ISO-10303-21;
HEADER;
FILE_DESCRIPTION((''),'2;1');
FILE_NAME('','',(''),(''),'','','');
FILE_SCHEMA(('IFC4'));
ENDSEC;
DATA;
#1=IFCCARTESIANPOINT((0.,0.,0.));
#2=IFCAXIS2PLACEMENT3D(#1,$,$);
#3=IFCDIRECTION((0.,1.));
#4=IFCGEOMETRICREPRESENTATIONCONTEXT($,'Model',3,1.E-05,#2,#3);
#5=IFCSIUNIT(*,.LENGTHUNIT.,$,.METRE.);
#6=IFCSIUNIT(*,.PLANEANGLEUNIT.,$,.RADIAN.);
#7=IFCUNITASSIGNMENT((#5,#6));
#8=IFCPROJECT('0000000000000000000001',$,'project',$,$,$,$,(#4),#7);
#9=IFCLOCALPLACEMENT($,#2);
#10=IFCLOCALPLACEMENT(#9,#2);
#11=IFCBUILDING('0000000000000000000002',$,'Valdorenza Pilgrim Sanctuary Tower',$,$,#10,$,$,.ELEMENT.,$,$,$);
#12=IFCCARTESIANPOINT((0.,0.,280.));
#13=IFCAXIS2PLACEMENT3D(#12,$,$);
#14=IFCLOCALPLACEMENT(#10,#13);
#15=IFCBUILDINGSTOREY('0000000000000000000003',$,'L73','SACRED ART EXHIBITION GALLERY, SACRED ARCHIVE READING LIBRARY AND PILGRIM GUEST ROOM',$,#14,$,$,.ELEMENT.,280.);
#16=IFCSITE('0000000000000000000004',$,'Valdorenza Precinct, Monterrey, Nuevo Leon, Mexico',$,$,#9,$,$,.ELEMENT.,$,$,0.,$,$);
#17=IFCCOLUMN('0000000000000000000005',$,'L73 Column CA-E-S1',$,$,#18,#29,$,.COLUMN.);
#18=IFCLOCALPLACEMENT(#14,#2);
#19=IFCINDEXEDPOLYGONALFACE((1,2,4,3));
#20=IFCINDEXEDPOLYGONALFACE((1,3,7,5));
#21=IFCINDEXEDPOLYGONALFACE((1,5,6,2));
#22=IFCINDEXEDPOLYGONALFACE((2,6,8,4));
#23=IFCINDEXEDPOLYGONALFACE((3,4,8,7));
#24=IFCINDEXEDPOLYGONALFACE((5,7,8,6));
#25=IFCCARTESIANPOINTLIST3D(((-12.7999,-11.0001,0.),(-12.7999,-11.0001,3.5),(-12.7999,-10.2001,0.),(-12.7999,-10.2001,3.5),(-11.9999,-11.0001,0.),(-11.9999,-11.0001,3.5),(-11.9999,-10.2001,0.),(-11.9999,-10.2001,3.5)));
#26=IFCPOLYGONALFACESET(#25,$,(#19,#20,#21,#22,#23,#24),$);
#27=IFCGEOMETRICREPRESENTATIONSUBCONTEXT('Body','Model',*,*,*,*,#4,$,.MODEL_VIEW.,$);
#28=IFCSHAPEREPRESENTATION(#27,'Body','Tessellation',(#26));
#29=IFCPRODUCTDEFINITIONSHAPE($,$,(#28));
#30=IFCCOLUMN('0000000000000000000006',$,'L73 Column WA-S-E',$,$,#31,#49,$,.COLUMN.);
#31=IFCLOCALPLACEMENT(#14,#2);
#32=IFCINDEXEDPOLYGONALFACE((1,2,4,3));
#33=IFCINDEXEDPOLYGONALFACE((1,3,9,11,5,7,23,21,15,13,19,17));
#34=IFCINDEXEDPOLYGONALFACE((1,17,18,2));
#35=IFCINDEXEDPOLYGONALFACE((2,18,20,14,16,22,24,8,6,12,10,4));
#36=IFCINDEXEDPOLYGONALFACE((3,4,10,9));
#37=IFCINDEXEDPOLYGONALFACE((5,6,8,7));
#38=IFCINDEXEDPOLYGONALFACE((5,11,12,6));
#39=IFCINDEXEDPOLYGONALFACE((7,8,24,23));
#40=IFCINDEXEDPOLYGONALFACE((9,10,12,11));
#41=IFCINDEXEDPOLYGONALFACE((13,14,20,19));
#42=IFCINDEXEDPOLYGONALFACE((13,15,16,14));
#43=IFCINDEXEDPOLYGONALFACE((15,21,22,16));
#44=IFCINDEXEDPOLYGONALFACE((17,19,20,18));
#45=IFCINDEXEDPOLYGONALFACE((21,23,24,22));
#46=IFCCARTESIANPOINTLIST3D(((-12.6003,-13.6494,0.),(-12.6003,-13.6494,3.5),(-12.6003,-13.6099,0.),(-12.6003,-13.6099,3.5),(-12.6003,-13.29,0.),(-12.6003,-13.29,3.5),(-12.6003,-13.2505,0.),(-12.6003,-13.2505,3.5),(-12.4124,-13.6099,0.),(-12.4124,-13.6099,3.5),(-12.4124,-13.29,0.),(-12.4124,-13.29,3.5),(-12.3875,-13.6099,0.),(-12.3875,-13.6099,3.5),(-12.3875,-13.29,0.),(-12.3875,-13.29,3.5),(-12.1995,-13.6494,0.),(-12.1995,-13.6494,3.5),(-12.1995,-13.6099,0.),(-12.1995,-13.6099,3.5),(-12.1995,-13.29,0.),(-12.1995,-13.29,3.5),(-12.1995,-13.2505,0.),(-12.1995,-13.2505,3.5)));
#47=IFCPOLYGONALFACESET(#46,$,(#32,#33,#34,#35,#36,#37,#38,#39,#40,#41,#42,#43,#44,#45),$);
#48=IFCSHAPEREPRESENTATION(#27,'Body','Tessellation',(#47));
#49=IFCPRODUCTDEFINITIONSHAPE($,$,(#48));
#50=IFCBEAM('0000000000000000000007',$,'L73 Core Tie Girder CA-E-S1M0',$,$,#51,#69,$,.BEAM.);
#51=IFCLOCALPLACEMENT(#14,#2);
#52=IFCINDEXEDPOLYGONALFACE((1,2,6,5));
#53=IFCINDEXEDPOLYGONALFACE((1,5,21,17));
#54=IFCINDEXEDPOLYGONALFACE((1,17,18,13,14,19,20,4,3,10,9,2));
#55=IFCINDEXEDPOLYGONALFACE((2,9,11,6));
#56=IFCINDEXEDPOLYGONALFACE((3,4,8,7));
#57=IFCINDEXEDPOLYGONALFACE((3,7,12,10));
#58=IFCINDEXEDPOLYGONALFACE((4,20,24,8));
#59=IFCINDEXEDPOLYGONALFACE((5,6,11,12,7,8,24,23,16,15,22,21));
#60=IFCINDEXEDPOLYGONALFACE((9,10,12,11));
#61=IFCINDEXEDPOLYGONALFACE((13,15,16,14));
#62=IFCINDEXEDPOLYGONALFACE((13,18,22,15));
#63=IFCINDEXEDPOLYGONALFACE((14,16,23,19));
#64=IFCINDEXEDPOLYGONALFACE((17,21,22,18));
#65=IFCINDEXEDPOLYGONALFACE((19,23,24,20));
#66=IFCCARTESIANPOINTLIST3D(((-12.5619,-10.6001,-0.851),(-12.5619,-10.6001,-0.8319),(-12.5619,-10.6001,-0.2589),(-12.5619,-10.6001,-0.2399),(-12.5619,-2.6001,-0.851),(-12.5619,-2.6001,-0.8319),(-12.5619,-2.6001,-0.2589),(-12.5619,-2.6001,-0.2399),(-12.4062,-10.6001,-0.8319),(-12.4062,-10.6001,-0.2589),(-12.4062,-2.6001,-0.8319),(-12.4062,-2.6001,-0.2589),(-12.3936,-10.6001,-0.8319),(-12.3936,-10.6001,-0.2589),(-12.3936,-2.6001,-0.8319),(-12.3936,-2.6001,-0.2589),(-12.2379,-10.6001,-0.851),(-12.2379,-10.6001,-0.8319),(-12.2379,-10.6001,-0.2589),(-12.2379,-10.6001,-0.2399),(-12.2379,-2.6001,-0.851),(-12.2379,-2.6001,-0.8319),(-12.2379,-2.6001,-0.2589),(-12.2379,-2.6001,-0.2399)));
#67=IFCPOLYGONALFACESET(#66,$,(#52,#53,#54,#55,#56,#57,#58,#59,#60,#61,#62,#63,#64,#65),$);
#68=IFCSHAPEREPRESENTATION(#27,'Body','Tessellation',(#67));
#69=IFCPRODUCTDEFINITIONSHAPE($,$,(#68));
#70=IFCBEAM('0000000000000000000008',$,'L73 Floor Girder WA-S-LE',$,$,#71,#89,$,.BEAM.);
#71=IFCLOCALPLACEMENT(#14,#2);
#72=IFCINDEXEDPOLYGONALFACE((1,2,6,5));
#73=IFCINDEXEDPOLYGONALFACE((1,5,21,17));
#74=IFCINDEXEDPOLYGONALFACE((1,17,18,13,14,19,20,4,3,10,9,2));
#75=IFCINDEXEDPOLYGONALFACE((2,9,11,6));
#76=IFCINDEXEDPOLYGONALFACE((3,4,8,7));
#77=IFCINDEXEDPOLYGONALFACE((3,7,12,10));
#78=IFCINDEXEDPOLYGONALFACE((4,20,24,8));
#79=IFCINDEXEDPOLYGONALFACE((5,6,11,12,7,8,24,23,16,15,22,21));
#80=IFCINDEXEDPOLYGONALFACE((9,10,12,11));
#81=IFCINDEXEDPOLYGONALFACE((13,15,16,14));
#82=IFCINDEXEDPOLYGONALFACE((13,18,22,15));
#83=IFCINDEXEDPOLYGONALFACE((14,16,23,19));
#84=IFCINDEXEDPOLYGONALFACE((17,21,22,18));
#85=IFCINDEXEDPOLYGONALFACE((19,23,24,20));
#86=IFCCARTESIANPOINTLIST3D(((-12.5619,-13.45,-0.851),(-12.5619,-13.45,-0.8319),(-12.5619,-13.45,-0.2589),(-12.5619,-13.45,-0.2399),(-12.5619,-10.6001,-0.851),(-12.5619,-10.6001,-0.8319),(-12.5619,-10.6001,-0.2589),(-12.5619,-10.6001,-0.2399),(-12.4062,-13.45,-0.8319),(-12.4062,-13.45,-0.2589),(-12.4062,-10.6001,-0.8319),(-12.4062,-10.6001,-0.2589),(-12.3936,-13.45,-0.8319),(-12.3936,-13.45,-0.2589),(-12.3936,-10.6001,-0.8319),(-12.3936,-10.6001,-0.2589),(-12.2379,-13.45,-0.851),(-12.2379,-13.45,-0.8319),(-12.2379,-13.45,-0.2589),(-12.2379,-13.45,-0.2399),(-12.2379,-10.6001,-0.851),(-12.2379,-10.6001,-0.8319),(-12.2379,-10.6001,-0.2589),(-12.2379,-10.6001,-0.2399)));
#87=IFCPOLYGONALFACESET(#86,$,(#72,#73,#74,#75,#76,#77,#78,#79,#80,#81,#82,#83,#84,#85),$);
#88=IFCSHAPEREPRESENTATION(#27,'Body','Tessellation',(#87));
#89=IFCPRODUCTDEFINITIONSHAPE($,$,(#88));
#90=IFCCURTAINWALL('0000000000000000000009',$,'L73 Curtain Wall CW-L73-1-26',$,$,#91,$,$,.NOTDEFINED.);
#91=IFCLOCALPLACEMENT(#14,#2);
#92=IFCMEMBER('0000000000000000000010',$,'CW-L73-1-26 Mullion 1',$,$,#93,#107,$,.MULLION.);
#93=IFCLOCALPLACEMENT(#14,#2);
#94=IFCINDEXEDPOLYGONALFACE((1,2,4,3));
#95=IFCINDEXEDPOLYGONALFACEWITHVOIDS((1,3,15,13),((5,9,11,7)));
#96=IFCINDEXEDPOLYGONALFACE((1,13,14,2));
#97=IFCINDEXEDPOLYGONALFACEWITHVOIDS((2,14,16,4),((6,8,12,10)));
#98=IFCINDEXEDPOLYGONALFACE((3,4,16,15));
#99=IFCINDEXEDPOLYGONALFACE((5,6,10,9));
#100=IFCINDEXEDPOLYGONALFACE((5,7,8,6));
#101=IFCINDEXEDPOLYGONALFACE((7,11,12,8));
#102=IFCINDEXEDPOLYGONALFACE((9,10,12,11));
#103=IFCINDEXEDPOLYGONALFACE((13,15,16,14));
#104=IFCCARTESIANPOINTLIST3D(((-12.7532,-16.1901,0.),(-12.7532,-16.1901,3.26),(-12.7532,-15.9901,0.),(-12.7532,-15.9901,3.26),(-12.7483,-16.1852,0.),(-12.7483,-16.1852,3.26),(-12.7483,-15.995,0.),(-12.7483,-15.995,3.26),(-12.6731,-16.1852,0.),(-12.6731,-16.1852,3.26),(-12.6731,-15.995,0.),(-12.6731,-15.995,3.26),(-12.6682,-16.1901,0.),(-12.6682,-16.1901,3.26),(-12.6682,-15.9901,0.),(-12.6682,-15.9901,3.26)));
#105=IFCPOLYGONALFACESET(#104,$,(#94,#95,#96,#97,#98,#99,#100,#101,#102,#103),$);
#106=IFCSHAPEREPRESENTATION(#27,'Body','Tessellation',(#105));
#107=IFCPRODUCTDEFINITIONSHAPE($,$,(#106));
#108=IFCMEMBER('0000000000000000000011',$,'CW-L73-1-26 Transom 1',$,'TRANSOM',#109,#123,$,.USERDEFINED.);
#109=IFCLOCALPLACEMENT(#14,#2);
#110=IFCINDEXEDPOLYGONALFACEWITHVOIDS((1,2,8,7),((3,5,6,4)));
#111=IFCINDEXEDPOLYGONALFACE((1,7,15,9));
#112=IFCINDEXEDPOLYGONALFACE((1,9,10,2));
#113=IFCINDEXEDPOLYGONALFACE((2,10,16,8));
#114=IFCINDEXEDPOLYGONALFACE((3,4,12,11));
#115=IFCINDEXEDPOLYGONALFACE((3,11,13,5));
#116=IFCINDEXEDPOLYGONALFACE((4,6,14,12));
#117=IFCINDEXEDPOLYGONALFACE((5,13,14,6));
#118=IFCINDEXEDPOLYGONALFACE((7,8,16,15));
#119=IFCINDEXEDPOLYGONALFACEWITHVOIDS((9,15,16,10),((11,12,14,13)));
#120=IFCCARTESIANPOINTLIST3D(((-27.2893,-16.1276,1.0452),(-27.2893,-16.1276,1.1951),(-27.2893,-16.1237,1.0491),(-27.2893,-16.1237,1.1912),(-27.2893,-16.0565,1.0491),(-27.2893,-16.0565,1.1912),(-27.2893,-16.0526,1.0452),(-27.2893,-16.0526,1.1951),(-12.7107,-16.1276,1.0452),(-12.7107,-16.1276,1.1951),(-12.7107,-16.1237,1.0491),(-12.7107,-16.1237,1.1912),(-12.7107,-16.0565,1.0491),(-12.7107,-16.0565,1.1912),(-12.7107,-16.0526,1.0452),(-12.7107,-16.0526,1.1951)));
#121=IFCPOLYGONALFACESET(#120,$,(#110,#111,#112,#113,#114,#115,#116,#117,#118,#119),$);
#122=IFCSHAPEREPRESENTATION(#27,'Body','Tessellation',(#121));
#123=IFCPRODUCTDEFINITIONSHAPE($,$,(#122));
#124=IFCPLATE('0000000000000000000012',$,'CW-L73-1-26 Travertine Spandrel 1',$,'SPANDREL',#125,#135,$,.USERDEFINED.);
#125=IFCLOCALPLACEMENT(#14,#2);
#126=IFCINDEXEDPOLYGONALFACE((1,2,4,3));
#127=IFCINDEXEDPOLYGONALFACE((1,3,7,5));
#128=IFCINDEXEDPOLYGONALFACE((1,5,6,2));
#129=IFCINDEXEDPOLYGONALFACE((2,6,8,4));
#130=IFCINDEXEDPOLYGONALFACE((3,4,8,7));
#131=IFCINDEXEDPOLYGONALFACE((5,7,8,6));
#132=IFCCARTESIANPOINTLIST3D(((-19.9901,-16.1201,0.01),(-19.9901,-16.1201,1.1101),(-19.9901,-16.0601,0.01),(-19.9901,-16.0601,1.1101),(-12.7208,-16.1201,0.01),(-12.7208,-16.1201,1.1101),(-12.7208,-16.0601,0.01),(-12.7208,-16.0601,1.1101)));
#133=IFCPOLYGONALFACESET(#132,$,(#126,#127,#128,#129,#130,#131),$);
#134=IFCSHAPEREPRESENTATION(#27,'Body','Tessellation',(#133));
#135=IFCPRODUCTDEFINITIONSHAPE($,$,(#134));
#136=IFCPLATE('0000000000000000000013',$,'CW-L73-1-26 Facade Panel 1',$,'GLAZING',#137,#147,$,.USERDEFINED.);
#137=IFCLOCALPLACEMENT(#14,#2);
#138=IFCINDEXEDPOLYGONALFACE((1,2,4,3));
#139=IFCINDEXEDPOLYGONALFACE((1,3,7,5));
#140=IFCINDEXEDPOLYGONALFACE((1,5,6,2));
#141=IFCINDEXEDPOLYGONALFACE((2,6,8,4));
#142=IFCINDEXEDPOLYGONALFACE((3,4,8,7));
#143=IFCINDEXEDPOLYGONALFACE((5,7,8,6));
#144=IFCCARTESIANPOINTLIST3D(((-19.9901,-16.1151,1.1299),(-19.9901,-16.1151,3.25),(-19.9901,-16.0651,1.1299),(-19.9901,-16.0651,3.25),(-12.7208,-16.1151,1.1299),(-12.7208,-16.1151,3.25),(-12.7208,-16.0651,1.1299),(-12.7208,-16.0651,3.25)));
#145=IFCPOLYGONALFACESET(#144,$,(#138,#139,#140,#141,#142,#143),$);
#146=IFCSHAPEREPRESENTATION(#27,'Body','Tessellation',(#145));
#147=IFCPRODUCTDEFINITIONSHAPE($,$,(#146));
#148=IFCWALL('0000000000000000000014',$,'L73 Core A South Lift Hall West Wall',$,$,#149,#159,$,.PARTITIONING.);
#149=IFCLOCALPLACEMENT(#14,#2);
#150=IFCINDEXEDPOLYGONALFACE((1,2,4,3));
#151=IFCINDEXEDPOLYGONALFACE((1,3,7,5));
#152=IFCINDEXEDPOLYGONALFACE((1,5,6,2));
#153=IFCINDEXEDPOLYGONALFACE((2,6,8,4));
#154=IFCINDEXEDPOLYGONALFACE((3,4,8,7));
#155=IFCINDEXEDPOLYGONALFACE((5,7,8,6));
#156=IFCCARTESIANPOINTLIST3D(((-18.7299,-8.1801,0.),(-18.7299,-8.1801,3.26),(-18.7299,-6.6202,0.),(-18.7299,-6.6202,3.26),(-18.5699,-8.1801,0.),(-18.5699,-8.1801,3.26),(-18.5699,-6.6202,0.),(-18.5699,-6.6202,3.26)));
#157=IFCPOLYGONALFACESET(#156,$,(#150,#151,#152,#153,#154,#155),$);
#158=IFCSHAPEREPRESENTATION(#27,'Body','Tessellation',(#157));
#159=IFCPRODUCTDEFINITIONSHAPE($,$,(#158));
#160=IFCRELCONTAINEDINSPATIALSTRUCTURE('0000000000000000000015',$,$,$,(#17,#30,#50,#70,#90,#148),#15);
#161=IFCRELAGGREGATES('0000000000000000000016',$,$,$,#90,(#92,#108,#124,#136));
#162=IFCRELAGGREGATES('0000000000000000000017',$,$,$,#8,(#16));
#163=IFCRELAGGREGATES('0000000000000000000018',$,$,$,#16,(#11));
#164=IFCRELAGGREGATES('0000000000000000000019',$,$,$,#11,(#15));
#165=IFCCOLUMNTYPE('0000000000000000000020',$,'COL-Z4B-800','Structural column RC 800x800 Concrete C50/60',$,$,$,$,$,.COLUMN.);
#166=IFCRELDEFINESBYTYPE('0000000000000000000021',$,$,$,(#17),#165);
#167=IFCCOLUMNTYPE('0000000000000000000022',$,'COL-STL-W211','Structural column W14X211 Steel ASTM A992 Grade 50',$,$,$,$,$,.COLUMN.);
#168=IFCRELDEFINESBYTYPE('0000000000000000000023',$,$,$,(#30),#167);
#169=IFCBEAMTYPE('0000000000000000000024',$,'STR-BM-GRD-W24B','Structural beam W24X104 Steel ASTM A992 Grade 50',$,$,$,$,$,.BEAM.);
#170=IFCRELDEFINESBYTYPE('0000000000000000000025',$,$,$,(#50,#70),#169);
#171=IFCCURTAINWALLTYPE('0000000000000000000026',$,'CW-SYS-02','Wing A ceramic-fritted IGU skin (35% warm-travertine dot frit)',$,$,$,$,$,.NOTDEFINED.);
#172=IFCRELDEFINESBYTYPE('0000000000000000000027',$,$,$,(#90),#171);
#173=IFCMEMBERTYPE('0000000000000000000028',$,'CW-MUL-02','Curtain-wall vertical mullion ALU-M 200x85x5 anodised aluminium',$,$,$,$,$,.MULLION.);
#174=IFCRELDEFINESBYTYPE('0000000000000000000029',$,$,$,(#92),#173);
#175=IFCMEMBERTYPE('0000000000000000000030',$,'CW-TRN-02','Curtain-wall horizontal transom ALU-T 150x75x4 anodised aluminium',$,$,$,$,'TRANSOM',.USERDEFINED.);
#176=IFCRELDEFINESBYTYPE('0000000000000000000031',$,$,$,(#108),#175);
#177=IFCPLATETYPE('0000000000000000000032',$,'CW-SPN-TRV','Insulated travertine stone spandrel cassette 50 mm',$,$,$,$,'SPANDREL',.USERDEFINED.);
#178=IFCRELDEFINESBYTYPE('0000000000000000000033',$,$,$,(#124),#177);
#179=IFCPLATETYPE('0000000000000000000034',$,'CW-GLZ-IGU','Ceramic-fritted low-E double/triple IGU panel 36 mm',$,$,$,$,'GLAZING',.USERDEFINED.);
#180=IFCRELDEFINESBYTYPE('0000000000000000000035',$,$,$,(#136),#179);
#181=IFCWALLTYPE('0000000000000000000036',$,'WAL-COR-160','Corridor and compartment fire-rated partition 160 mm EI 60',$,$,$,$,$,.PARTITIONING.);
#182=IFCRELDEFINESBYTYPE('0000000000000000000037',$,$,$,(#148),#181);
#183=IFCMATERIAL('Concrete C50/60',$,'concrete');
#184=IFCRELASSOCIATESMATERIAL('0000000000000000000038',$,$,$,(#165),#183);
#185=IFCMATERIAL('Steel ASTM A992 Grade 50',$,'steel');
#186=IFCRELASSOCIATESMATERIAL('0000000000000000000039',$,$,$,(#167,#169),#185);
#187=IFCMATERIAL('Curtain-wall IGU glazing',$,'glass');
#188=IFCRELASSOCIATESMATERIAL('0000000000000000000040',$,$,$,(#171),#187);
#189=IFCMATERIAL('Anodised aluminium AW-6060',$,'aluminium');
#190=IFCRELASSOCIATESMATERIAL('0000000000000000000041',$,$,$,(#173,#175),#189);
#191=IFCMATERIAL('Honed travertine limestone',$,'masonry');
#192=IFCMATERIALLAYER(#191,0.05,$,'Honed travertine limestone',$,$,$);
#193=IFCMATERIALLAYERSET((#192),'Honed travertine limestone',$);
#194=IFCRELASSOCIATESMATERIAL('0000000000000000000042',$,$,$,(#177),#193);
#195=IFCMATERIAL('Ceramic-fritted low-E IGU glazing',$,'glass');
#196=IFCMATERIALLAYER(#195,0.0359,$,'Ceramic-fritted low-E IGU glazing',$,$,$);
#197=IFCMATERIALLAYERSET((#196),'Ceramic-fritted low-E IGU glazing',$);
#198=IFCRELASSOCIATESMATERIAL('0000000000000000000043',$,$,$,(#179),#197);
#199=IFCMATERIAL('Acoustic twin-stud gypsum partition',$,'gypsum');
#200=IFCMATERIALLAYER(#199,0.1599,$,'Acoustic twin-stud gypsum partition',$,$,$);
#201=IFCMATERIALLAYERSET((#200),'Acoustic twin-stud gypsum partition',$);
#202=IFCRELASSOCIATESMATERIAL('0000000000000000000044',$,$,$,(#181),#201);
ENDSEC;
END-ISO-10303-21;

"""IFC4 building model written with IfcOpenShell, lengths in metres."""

from ifc_helpers import new_model, si_unit, direction, frame, frame_2d, origin, origin_2d, place, context, subcontext, project, spatial, rectangle, hollow_rectangle, i_section, extrude, source, transform, mapped, material, layer, layer_set, material_profile, profile_set, type_object, element, aggregate, save


model = new_model("IFC4")

# Units and contexts
model_context = context("Model", 3, precision=1e-05, world=origin(), true_north=direction((0.0, 1.0)))
body_context = subcontext(model_context, "Body", "Model", "MODEL_VIEW")
ifc_project = project(units=[si_unit("LENGTHUNIT", "METRE"), si_unit("PLANEANGLEUNIT", "RADIAN")], contexts=[model_context])

# Site, building, storey
site_placement = place(None, origin())
site = spatial("IfcSite", under=ifc_project, at=site_placement, Name="Valdorenza Precinct, Monterrey, Nuevo Leon, Mexico", CompositionType="ELEMENT", RefElevation=0.0)
building_placement = place(site_placement, origin())
building = spatial("IfcBuilding", under=site, at=building_placement, Name="Valdorenza Pilgrim Sanctuary Tower", CompositionType="ELEMENT")
storey_placement = place(building_placement, frame((0.0, 0.0, 280.0)))
storey = spatial("IfcBuildingStorey", under=building, at=storey_placement, Name="L73", Description="SACRED ART EXHIBITION GALLERY, SACRED ARCHIVE READING LIBRARY AND PILGRIM GUEST ROOM", CompositionType="ELEMENT", Elevation=280.0)

# Columns
ifc_material_1 = material(Name="Concrete C50/60", Category="concrete")
ifc_material_profile_1 = material_profile(ifc_material_1, rectangle(XDim=0.8, YDim=0.8, at=origin_2d()), Name="RC 800x800")
ifc_profile_set_1 = profile_set([ifc_material_profile_1], Name="Concrete C50/60")
column_type_1 = type_object("IfcColumnType", Name="COL-Z4B-800", Description="Structural column RC 800x800 Concrete C50/60", PredefinedType="COLUMN", material=ifc_profile_set_1)
shared_shape_1 = source(origin(), body_context, "Body", "SweptSolid", [
    extrude(rectangle(XDim=0.8, YDim=0.8, at=origin_2d()), origin(), (0.0, 0.0, 1.0), 3.5),
])
column_1_placement = place(storey_placement, frame((-12.3999, -10.6001, 0.0), z_axis=(0.0, 0.0, 1.0), x_axis=(1.0, 0.0, 0.0)))
element("IfcColumn", 1, at=column_1_placement, inside=storey, type_object=column_type_1, Name="L73 Column CA-E-S1", PredefinedType="COLUMN", context=body_context, shape_type="MappedRepresentation", body=[
    mapped(shared_shape_1, transform((0.0, 0.0, 0.0), x_axis=(1.0, 0.0, 0.0), y_axis=(0.0, 1.0, 0.0), z_axis=(0.0, 0.0, 1.0), scale=1.0)),
])
ifc_material_2 = material(Name="Steel ASTM A992 Grade 50", Category="steel")
ifc_material_profile_2 = material_profile(ifc_material_2, i_section(OverallWidth=0.4009, OverallDepth=0.3989, WebThickness=0.0249, FlangeThickness=0.0396, at=origin_2d()), Name="W14X211")
ifc_profile_set_2 = profile_set([ifc_material_profile_2], Name="Steel ASTM A992 Grade 50")
column_type_2 = type_object("IfcColumnType", Name="COL-STL-W211", Description="Structural column W14X211 Steel ASTM A992 Grade 50", PredefinedType="COLUMN", material=ifc_profile_set_2)
shared_shape_2 = source(origin(), body_context, "Body", "SweptSolid", [
    extrude(i_section(OverallWidth=0.4009, OverallDepth=0.3989, WebThickness=0.0249, FlangeThickness=0.0396, at=origin_2d()), origin(), (0.0, 0.0, 1.0), 3.5),
])
column_2_placement = place(storey_placement, frame((-12.3999, -13.45, 0.0), z_axis=(0.0, 0.0, 1.0), x_axis=(1.0, 0.0, 0.0)))
element("IfcColumn", 2, at=column_2_placement, inside=storey, type_object=column_type_2, Name="L73 Column WA-S-E", PredefinedType="COLUMN", context=body_context, shape_type="MappedRepresentation", body=[
    mapped(shared_shape_2, transform((0.0, 0.0, 0.0), x_axis=(1.0, 0.0, 0.0), y_axis=(0.0, 1.0, 0.0), z_axis=(0.0, 0.0, 1.0), scale=1.0)),
])

# Beams
ifc_material_profile_3 = material_profile(ifc_material_2, i_section(OverallWidth=0.324, OverallDepth=0.6111, WebThickness=0.0127, FlangeThickness=0.019, at=origin_2d()), Name="W24X104")
ifc_profile_set_3 = profile_set([ifc_material_profile_3], Name="Steel ASTM A992 Grade 50")
beam_type = type_object("IfcBeamType", Name="STR-BM-GRD-W24B", Description="Structural beam W24X104 Steel ASTM A992 Grade 50", PredefinedType="BEAM", material=ifc_profile_set_3)
shared_shape_3 = source(origin(), body_context, "Body", "SweptSolid", [
    extrude(i_section(OverallWidth=0.324, OverallDepth=0.6111, WebThickness=0.0127, FlangeThickness=0.019, at=origin_2d()), origin(), (0.0, 0.0, 1.0), 8.0),
])
beam_1_placement = place(storey_placement, frame((-12.3999, -10.6001, -0.5454), z_axis=(0.0, 1.0, 0.0), x_axis=(-1.0, 0.0, 0.0)))
element("IfcBeam", 3, at=beam_1_placement, inside=storey, type_object=beam_type, Name="L73 Core Tie Girder CA-E-S1M0", PredefinedType="BEAM", context=body_context, shape_type="MappedRepresentation", body=[
    mapped(shared_shape_3, transform((0.0, 0.0, 0.0), x_axis=(1.0, 0.0, 0.0), y_axis=(0.0, 1.0, 0.0), z_axis=(0.0, 0.0, 1.0), scale=1.0)),
])
shared_shape_4 = source(origin(), body_context, "Body", "SweptSolid", [
    extrude(i_section(OverallWidth=0.324, OverallDepth=0.6111, WebThickness=0.0127, FlangeThickness=0.019, at=origin_2d()), origin(), (0.0, 0.0, 1.0), 2.8499),
])
beam_2_placement = place(storey_placement, frame((-12.3999, -13.45, -0.5454), z_axis=(0.0, 1.0, 0.0), x_axis=(-1.0, 0.0, 0.0)))
element("IfcBeam", 4, at=beam_2_placement, inside=storey, type_object=beam_type, Name="L73 Floor Girder WA-S-LE", PredefinedType="BEAM", context=body_context, shape_type="MappedRepresentation", body=[
    mapped(shared_shape_4, transform((0.0, 0.0, 0.0), x_axis=(1.0, 0.0, 0.0), y_axis=(0.0, 1.0, 0.0), z_axis=(0.0, 0.0, 1.0), scale=1.0)),
])

# Curtain wall, members, plates
ifc_material_3 = material(Name="Curtain-wall IGU glazing", Category="glass")
curtain_wall_type = type_object("IfcCurtainWallType", Name="CW-SYS-02", Description="Wing A ceramic-fritted IGU skin (35% warm-travertine dot frit)", PredefinedType="NOTDEFINED", material=ifc_material_3)
curtain_wall_placement = place(storey_placement, origin())
curtain_wall = element("IfcCurtainWall", 5, at=curtain_wall_placement, inside=storey, type_object=curtain_wall_type, Name="L73 Curtain Wall CW-L73-1-26", PredefinedType="NOTDEFINED")
ifc_material_4 = material(Name="Anodised aluminium AW-6060", Category="aluminium")
ifc_material_profile_4 = material_profile(ifc_material_4, hollow_rectangle(XDim=0.085, YDim=0.2, WallThickness=0.0049, at=origin_2d()), Name="ALU-M 200x85x5")
ifc_profile_set_4 = profile_set([ifc_material_profile_4], Name="Anodised aluminium AW-6060")
member_type_1 = type_object("IfcMemberType", Name="CW-MUL-02", Description="Curtain-wall vertical mullion ALU-M 200x85x5 anodised aluminium", PredefinedType="MULLION", material=ifc_profile_set_4)
shared_shape_5 = source(origin(), body_context, "Body", "SweptSolid", [
    extrude(hollow_rectangle(XDim=0.085, YDim=0.2, WallThickness=0.0049, at=origin_2d()), origin(), (0.0, 0.0, 1.0), 3.26),
])
member_1_placement = place(storey_placement, frame((-12.7107, -16.0901, 0.0), z_axis=(0.0, 0.0, 1.0), x_axis=(-1.0, 0.0, 0.0)))
member_1 = element("IfcMember", 6, at=member_1_placement, type_object=member_type_1, Name="CW-L73-1-26 Mullion 1", PredefinedType="MULLION", context=body_context, shape_type="MappedRepresentation", body=[
    mapped(shared_shape_5, transform((0.0, 0.0, 0.0), x_axis=(1.0, 0.0, 0.0), y_axis=(0.0, 1.0, 0.0), z_axis=(0.0, 0.0, 1.0), scale=1.0)),
])
ifc_material_profile_5 = material_profile(ifc_material_4, hollow_rectangle(XDim=0.075, YDim=0.1499, WallThickness=0.0039, at=origin_2d()), Name="ALU-T 150x75x4")
ifc_profile_set_5 = profile_set([ifc_material_profile_5], Name="Anodised aluminium AW-6060")
member_type_2 = type_object("IfcMemberType", Name="CW-TRN-02", Description="Curtain-wall horizontal transom ALU-T 150x75x4 anodised aluminium", ElementType="TRANSOM", PredefinedType="USERDEFINED", material=ifc_profile_set_5)
shared_shape_6 = source(origin(), body_context, "Body", "SweptSolid", [
    extrude(hollow_rectangle(XDim=0.075, YDim=0.1499, WallThickness=0.0039, at=origin_2d()), origin(), (0.0, 0.0, 1.0), 14.5786),
])
member_2_placement = place(storey_placement, frame((-12.7107, -16.0901, 1.1201), z_axis=(-1.0, 0.0, 0.0), x_axis=(0.0, -1.0, 0.0)))
member_2 = element("IfcMember", 7, at=member_2_placement, type_object=member_type_2, Name="CW-L73-1-26 Transom 1", ObjectType="TRANSOM", PredefinedType="USERDEFINED", context=body_context, shape_type="MappedRepresentation", body=[
    mapped(shared_shape_6, transform((0.0, 0.0, 0.0), x_axis=(1.0, 0.0, 0.0), y_axis=(0.0, 1.0, 0.0), z_axis=(0.0, 0.0, 1.0), scale=1.0)),
])
ifc_material_5 = material(Name="Honed travertine limestone", Category="masonry")
ifc_layer_1 = layer(ifc_material_5, 0.05, Name="Honed travertine limestone")
ifc_layer_set_1 = layer_set([ifc_layer_1], Name="Honed travertine limestone")
plate_type_1 = type_object("IfcPlateType", Name="CW-SPN-TRV", Description="Insulated travertine stone spandrel cassette 50 mm", ElementType="SPANDREL", PredefinedType="USERDEFINED", material=ifc_layer_set_1)
shared_shape_7 = source(origin(), body_context, "Body", "SweptSolid", [
    extrude(rectangle(XDim=7.2693, YDim=0.0601, at=origin_2d()), origin(), (0.0, 0.0, 1.0), 1.1001),
])
plate_1_placement = place(storey_placement, frame((-16.3555, -16.0901, 0.01), z_axis=(0.0, 0.0, 1.0), x_axis=(-1.0, 0.0, 0.0)))
plate_1 = element("IfcPlate", 8, at=plate_1_placement, type_object=plate_type_1, Name="CW-L73-1-26 Travertine Spandrel 1", ObjectType="SPANDREL", PredefinedType="USERDEFINED", context=body_context, shape_type="MappedRepresentation", body=[
    mapped(shared_shape_7, transform((0.0, 0.0, 0.0), x_axis=(1.0, 0.0, 0.0), y_axis=(0.0, 1.0, 0.0), z_axis=(0.0, 0.0, 1.0), scale=1.0)),
])
ifc_material_6 = material(Name="Ceramic-fritted low-E IGU glazing", Category="glass")
ifc_layer_2 = layer(ifc_material_6, 0.0359, Name="Ceramic-fritted low-E IGU glazing")
ifc_layer_set_2 = layer_set([ifc_layer_2], Name="Ceramic-fritted low-E IGU glazing")
plate_type_2 = type_object("IfcPlateType", Name="CW-GLZ-IGU", Description="Ceramic-fritted low-E double/triple IGU panel 36 mm", ElementType="GLAZING", PredefinedType="USERDEFINED", material=ifc_layer_set_2)
shared_shape_8 = source(origin(), body_context, "Body", "SweptSolid", [
    extrude(rectangle(XDim=7.2693, YDim=0.05, at=origin_2d()), origin(), (0.0, 0.0, 1.0), 2.1201),
])
plate_2_placement = place(storey_placement, frame((-16.3555, -16.0901, 1.1299), z_axis=(0.0, 0.0, 1.0), x_axis=(-1.0, 0.0, 0.0)))
plate_2 = element("IfcPlate", 9, at=plate_2_placement, type_object=plate_type_2, Name="CW-L73-1-26 Facade Panel 1", ObjectType="GLAZING", PredefinedType="USERDEFINED", context=body_context, shape_type="MappedRepresentation", body=[
    mapped(shared_shape_8, transform((0.0, 0.0, 0.0), x_axis=(1.0, 0.0, 0.0), y_axis=(0.0, 1.0, 0.0), z_axis=(0.0, 0.0, 1.0), scale=1.0)),
])
aggregate(curtain_wall, [member_1, member_2, plate_1, plate_2])

# Wall
ifc_material_7 = material(Name="Acoustic twin-stud gypsum partition", Category="gypsum")
ifc_layer_3 = layer(ifc_material_7, 0.1599, Name="Acoustic twin-stud gypsum partition")
ifc_layer_set_3 = layer_set([ifc_layer_3], Name="Acoustic twin-stud gypsum partition")
wall_type_1 = type_object("IfcWallType", Name="WAL-COR-160", Description="Corridor and compartment fire-rated partition 160 mm EI 60", PredefinedType="PARTITIONING", material=ifc_layer_set_3)
wall_1_placement = place(storey_placement, frame((-18.6499, -8.1799, 0.0), z_axis=(0.0, 0.0, 1.0), x_axis=(0.0, 1.0, 0.0)))
element("IfcWall", 10, at=wall_1_placement, inside=storey, type_object=wall_type_1, Name="L73 Core A South Lift Hall West Wall", PredefinedType="PARTITIONING", context=body_context, shape_type="SweptSolid", body=[
    extrude(rectangle(XDim=1.5598, YDim=0.1599, at=frame_2d((0.7798, 0.0))), origin(), (0.0, 0.0, 1.0), 3.26),
])

save(model, "model.ifc")
